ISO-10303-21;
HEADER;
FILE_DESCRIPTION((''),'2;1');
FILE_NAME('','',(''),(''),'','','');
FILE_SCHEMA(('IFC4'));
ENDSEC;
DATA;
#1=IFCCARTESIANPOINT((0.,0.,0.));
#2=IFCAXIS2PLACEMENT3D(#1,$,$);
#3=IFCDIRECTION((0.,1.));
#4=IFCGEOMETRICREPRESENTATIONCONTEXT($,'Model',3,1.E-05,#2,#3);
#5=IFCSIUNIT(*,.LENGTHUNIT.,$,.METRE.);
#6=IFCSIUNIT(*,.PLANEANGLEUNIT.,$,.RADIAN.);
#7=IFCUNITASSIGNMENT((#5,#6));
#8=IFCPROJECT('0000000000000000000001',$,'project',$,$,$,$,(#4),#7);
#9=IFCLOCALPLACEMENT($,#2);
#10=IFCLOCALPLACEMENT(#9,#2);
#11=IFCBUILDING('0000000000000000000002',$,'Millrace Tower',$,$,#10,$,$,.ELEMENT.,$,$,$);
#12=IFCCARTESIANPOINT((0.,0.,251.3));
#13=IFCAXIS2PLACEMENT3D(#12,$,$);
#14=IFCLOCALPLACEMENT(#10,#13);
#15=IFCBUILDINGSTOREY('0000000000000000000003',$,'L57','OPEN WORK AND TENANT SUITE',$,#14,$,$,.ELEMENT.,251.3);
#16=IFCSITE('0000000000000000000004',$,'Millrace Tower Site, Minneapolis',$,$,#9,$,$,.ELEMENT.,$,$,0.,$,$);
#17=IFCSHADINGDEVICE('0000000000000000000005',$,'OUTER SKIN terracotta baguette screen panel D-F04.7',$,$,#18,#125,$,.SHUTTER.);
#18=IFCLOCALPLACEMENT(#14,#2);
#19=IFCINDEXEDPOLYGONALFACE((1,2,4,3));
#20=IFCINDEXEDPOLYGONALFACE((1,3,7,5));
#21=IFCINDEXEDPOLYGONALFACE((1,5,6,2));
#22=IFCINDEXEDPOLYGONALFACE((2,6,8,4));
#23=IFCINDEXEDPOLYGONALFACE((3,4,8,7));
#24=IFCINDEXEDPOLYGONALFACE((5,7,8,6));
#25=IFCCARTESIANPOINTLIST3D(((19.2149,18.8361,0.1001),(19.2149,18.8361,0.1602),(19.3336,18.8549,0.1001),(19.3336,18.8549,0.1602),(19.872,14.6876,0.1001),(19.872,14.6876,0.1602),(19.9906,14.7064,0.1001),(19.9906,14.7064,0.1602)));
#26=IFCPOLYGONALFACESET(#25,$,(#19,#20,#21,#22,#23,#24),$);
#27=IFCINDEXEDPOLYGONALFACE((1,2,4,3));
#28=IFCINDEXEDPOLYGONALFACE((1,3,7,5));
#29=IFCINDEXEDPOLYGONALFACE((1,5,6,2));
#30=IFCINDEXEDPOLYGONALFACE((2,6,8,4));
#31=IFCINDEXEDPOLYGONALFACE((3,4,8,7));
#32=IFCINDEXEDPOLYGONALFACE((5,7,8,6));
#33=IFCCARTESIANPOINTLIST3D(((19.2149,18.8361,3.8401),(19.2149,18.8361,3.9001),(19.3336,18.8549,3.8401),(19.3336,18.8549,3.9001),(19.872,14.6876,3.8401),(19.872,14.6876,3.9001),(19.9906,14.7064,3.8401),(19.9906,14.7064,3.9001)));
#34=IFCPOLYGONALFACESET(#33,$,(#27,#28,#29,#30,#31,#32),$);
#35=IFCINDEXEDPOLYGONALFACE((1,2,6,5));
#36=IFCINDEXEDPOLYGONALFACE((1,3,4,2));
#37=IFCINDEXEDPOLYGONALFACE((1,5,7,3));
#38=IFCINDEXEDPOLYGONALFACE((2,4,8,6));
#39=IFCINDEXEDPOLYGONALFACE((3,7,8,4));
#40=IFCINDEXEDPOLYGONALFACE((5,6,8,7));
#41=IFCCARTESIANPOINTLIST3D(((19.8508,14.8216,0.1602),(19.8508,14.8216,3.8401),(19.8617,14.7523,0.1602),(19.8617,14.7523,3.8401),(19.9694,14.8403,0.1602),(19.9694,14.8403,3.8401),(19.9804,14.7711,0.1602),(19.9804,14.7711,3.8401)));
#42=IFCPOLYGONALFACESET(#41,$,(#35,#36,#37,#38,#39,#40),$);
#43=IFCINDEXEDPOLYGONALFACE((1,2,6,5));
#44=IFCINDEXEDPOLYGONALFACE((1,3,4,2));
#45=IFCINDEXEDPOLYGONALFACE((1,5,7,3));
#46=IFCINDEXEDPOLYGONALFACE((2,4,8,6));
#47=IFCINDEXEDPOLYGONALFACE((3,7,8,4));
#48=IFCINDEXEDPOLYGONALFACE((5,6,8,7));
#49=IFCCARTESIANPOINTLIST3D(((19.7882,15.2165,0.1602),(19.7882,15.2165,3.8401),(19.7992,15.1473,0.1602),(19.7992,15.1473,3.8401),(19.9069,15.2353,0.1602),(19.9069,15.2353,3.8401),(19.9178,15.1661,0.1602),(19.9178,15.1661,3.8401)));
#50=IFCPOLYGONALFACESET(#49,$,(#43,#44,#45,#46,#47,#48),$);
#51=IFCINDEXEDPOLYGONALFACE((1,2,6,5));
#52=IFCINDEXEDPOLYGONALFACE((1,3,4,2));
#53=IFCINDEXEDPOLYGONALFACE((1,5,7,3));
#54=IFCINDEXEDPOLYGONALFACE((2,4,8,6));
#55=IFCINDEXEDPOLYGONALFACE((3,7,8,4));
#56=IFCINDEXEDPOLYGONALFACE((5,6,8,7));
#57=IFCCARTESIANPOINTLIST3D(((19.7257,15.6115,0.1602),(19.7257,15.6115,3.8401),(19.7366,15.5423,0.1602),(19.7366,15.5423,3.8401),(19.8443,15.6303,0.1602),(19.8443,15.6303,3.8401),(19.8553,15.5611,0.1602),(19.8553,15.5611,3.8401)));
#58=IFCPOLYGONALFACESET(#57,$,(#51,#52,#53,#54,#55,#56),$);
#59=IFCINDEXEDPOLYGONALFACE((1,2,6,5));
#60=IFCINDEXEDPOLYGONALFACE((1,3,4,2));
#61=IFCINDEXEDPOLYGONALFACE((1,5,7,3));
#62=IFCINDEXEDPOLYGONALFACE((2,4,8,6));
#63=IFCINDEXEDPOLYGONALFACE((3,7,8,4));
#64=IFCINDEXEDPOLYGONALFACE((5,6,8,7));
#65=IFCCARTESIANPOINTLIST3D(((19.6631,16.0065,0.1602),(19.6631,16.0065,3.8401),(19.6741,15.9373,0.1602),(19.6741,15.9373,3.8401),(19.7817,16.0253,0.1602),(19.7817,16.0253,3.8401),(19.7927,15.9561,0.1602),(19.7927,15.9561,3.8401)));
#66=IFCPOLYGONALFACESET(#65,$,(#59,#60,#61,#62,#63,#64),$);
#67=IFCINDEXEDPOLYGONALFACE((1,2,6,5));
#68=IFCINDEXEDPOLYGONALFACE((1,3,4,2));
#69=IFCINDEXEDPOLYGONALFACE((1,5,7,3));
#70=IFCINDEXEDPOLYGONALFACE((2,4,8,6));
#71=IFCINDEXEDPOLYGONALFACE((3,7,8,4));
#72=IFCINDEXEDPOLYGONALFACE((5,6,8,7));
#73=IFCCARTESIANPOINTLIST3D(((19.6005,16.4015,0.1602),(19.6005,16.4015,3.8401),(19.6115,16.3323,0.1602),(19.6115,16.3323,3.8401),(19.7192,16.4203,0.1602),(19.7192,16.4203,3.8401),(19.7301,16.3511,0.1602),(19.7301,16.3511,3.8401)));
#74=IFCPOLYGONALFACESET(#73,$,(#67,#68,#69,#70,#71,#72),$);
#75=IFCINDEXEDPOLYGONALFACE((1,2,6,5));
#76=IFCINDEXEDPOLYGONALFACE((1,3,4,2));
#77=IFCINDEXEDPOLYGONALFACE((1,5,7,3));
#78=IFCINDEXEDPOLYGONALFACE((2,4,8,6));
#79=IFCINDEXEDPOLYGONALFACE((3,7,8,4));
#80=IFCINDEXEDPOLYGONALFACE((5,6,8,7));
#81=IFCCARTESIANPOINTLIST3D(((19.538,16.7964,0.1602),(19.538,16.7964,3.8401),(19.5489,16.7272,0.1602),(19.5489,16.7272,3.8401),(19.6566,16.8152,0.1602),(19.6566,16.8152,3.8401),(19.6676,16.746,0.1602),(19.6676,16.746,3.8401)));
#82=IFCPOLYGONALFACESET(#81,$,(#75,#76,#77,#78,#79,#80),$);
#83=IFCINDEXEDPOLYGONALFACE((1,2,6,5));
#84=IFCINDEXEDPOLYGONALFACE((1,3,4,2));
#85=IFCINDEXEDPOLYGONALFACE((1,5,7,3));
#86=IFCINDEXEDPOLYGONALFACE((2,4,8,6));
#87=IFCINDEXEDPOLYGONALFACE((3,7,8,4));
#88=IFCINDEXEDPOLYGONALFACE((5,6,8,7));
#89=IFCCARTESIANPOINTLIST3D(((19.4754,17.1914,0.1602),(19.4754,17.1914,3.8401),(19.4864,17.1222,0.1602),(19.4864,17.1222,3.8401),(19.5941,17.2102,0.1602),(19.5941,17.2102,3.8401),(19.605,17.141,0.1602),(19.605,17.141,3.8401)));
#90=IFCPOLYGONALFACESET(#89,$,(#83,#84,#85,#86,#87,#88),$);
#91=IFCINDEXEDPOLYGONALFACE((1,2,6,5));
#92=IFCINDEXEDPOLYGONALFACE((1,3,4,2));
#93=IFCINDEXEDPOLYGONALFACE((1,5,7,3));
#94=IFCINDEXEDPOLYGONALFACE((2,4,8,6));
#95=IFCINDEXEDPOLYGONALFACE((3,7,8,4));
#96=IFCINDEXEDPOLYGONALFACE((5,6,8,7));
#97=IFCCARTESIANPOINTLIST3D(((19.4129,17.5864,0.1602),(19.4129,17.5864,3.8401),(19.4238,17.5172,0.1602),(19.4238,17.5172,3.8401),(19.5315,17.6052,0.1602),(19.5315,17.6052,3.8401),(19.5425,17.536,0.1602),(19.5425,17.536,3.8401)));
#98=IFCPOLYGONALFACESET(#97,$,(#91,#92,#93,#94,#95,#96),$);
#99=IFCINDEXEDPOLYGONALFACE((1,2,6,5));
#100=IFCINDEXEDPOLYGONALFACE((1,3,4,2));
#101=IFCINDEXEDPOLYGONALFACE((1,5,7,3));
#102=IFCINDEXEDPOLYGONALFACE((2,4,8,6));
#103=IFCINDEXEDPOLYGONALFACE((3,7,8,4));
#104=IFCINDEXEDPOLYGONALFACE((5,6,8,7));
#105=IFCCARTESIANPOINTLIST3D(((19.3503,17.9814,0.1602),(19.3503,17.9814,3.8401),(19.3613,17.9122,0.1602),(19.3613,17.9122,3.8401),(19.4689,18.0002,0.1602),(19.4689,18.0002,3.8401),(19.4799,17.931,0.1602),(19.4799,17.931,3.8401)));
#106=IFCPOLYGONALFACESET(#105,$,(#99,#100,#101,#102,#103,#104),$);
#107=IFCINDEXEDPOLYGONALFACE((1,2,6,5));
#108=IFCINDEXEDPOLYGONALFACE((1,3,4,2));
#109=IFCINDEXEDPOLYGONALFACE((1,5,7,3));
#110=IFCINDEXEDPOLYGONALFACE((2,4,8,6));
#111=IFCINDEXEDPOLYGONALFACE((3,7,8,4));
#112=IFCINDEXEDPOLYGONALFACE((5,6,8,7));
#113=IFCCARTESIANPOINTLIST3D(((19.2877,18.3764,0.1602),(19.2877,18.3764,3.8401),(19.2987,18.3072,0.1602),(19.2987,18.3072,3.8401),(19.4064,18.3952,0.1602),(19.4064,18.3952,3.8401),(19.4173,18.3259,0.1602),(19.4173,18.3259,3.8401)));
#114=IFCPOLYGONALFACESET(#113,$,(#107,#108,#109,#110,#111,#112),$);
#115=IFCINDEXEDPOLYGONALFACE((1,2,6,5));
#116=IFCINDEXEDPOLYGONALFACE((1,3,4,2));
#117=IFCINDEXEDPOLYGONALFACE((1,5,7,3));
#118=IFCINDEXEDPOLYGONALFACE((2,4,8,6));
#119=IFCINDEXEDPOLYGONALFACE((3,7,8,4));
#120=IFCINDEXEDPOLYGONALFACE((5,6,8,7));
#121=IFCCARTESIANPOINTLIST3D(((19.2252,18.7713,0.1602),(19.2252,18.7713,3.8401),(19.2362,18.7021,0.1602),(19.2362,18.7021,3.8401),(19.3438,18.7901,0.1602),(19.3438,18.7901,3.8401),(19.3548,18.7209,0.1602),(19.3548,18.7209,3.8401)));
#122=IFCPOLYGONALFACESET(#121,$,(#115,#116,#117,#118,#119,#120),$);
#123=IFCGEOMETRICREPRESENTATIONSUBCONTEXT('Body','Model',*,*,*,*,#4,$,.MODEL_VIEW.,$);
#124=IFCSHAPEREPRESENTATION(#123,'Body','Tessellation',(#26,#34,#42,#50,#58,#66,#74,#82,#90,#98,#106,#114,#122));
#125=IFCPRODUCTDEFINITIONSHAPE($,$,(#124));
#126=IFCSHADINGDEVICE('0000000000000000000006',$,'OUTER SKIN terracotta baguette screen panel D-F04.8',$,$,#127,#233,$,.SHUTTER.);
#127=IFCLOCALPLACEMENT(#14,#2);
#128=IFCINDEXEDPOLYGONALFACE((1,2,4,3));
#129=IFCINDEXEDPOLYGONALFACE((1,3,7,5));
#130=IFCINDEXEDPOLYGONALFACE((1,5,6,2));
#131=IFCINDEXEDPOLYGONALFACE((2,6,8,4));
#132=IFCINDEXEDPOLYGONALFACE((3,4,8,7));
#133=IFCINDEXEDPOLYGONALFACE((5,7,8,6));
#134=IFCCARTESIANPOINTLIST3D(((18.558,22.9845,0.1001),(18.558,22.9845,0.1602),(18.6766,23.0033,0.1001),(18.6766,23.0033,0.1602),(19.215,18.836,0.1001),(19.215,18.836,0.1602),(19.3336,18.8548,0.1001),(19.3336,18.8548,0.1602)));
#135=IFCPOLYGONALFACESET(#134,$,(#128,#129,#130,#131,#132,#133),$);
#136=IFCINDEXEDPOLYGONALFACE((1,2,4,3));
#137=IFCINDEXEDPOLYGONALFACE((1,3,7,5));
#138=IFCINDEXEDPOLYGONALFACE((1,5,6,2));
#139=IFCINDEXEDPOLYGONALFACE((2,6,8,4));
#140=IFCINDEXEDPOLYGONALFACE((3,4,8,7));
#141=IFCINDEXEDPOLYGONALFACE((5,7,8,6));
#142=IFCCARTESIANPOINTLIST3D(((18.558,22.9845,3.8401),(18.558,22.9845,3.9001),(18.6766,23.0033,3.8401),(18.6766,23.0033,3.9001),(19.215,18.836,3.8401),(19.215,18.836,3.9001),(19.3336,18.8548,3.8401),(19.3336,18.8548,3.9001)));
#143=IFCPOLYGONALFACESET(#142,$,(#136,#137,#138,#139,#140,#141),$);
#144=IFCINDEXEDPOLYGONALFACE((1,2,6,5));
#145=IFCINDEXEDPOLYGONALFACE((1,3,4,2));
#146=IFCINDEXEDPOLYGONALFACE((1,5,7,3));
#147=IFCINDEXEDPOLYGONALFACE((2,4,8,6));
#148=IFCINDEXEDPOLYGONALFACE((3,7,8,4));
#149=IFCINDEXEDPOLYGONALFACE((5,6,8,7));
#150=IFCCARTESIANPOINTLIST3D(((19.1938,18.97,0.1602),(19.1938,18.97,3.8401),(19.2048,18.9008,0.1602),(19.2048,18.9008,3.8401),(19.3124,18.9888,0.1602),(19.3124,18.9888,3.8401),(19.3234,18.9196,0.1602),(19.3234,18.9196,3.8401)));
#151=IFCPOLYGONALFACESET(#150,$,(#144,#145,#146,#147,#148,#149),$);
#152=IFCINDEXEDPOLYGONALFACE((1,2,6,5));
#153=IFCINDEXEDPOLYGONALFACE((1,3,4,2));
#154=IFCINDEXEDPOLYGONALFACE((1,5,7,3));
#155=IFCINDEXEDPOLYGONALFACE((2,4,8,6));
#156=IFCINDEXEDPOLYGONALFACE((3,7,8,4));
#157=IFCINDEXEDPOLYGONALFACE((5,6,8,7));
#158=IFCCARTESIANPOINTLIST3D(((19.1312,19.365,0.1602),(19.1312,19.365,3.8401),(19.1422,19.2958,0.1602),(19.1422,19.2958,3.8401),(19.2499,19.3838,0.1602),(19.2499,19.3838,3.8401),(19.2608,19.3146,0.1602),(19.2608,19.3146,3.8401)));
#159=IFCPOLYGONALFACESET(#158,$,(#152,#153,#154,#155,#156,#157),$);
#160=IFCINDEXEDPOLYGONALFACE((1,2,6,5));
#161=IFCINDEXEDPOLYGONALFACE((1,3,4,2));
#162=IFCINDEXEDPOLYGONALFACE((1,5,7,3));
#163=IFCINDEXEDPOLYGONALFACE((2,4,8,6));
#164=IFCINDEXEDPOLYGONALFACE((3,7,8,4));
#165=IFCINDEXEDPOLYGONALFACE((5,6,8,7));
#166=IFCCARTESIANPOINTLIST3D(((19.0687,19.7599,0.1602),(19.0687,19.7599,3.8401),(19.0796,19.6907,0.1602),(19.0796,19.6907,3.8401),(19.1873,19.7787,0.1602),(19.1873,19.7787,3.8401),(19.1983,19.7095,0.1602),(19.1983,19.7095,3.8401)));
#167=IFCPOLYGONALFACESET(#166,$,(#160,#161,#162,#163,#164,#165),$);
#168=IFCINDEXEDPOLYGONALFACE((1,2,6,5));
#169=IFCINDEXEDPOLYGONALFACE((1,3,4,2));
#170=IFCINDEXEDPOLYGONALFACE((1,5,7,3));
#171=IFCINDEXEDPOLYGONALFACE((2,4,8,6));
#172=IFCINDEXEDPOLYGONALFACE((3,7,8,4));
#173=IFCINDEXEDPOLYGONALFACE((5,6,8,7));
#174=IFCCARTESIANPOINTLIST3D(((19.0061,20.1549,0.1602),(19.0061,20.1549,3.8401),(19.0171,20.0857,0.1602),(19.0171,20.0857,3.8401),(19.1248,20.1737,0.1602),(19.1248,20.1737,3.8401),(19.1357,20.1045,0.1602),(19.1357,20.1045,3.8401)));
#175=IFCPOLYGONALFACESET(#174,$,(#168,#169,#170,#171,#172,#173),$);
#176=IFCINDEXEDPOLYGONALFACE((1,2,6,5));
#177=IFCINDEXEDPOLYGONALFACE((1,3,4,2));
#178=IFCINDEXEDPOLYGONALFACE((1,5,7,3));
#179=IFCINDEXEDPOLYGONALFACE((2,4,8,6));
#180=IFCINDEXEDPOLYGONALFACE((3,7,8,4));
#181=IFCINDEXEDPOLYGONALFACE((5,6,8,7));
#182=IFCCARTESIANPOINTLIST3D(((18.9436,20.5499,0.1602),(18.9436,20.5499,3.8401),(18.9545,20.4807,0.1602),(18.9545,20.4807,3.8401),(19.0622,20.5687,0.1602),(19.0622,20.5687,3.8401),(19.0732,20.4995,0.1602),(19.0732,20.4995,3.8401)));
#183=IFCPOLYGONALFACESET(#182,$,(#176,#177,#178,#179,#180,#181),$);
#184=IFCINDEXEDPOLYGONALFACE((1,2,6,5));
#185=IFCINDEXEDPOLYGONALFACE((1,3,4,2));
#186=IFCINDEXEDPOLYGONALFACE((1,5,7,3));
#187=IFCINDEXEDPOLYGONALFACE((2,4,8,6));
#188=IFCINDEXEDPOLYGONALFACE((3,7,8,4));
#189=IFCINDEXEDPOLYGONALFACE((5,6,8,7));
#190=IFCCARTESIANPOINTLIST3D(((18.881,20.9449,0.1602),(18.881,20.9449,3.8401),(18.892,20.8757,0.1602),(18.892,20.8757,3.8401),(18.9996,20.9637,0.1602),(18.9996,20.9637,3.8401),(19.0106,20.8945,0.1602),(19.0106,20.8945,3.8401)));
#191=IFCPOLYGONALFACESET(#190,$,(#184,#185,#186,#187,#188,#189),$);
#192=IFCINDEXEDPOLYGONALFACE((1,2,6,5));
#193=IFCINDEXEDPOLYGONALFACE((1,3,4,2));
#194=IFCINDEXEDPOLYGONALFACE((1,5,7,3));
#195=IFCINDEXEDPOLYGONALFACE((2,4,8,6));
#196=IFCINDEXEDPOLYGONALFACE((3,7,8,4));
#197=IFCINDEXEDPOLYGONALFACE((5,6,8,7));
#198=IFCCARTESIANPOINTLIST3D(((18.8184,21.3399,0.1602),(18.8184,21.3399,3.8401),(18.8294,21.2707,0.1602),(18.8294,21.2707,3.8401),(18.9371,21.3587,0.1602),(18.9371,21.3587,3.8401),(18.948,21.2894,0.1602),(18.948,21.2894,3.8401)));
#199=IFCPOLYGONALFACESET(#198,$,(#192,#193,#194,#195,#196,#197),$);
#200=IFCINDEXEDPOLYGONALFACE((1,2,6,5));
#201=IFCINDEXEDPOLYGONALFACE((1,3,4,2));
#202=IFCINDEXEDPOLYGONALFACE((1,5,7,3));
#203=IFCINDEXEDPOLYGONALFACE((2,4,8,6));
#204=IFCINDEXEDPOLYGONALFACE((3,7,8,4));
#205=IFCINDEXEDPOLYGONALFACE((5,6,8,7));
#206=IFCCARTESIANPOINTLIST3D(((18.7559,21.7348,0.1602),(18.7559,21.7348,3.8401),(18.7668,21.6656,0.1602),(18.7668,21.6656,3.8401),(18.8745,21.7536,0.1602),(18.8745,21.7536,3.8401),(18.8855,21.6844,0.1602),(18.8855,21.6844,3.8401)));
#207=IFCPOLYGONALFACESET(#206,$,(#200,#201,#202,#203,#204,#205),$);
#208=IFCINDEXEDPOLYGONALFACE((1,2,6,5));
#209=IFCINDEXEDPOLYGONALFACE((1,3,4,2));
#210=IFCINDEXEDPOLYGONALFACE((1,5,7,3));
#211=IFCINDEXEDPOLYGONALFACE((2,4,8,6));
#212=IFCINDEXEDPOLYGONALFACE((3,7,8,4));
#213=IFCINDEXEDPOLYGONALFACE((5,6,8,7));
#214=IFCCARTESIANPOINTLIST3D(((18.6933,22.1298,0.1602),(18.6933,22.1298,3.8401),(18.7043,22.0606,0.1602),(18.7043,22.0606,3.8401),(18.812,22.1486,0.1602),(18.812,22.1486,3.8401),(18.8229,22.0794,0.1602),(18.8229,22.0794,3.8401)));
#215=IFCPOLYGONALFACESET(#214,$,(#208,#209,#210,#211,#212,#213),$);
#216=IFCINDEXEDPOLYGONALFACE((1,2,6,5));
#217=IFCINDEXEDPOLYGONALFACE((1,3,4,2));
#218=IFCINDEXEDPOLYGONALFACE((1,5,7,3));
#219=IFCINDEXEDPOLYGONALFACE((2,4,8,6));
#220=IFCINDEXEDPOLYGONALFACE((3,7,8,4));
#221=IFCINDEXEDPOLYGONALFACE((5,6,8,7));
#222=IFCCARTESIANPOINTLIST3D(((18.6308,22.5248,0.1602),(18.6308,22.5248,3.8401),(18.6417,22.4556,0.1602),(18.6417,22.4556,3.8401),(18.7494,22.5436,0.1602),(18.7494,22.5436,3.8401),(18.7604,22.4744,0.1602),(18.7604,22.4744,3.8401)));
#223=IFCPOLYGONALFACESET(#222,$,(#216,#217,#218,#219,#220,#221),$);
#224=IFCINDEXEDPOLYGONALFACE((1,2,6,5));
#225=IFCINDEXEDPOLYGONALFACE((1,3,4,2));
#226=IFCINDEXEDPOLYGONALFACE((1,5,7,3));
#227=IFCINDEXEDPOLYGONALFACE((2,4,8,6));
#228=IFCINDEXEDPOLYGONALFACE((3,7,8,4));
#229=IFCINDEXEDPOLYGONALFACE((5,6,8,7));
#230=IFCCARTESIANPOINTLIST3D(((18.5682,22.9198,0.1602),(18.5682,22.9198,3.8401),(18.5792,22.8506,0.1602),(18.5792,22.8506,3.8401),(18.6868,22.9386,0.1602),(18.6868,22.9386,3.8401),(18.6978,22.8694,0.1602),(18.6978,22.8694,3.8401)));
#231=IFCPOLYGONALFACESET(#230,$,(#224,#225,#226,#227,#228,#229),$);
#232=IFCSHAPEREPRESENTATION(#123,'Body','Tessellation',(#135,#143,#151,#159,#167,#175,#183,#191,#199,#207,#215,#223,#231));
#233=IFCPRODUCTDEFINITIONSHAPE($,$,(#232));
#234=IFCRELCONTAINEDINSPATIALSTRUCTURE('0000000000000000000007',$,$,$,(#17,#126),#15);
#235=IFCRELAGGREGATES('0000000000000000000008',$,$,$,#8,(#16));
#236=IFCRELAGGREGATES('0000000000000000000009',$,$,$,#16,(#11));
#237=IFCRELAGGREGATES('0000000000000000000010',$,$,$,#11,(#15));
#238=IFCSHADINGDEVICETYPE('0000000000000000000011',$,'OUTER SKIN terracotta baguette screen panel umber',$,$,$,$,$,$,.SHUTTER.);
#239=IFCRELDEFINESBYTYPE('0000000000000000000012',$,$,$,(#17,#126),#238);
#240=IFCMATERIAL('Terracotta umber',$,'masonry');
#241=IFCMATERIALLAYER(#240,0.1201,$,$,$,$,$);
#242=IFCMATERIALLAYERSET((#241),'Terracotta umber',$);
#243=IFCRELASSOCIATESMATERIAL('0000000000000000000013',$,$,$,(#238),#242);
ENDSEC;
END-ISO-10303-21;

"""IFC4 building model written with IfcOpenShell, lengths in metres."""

from ifc_helpers import new_model, entity, si_unit, direction, frame, frame_2d, origin, origin_2d, place, context, subcontext, project, spatial, rectangle, extrude, source, transform, mapped, material, layer, layer_set, type_object, element, save


model = new_model("IFC4")

# Units and contexts
model_context = context("Model", 3, precision=1e-05, world=origin(), true_north=direction((0.0, 1.0)))
body_context = subcontext(model_context, "Body", "Model", "MODEL_VIEW")
ifc_project = project(units=[si_unit("LENGTHUNIT", "METRE"), si_unit("PLANEANGLEUNIT", "RADIAN")], contexts=[model_context])

# Site, building, storey
site_placement = place(None, origin())
site = spatial("IfcSite", under=ifc_project, at=site_placement, Name="Millrace Tower Site, Minneapolis", CompositionType="ELEMENT", RefElevation=0.0)
building_placement = place(site_placement, origin())
building = spatial("IfcBuilding", under=site, at=building_placement, Name="Millrace Tower", CompositionType="ELEMENT")
storey_placement = place(building_placement, frame((0.0, 0.0, 251.3)))
storey = spatial("IfcBuildingStorey", under=building, at=storey_placement, Name="L57", Description="OPEN WORK AND TENANT SUITE", CompositionType="ELEMENT", Elevation=251.3)

# Shading devices
ifc_material_1 = material(Name="Terracotta umber", Category="masonry")
ifc_layer_1 = layer(ifc_material_1, 0.1201)
ifc_layer_set_1 = layer_set([ifc_layer_1], Name="Terracotta umber")
shading_device_type = type_object("IfcShadingDeviceType", Name="OUTER SKIN terracotta baguette screen panel umber", PredefinedType="SHUTTER", material=ifc_layer_set_1)
cartesian_point_1 = entity("IfcCartesianPoint", [-2.1001, 0.0601])
shared_polyline_1 = entity("IfcPolyline", [cartesian_point_1, entity("IfcCartesianPoint", [2.1001, 0.0601]), entity("IfcCartesianPoint", [2.1001, -0.0601]), entity("IfcCartesianPoint", [-2.1001, -0.0601]), cartesian_point_1])
shared_shape_1 = source(origin(), body_context, "Body", "SweptSolid", [
    entity("IfcExtrudedAreaSolid", entity("IfcArbitraryClosedProfileDef", "AREA", None, shared_polyline_1), entity("IfcAxis2Placement3D", entity("IfcCartesianPoint", [0.0, 0.0, 0.0])), entity("IfcDirection", [0.0, 0.0, 1.0]), 0.0601),
    entity("IfcExtrudedAreaSolid", entity("IfcArbitraryClosedProfileDef", "AREA", None, shared_polyline_1), entity("IfcAxis2Placement3D", entity("IfcCartesianPoint", [0.0, 0.0, 3.74])), entity("IfcDirection", [0.0, 0.0, 1.0]), 0.0601),
    extrude(rectangle(XDim=0.0701, YDim=0.1201, at=frame_2d((-1.9995, 0.0))), frame((0.0, 0.0, 0.0601)), (0.0, 0.0, 1.0), 3.6799),
    extrude(rectangle(XDim=0.0701, YDim=0.1201, at=frame_2d((-1.5996, 0.0))), frame((0.0, 0.0, 0.0601)), (0.0, 0.0, 1.0), 3.6799),
    extrude(rectangle(XDim=0.0701, YDim=0.1201, at=frame_2d((-1.1997, 0.0))), frame((0.0, 0.0, 0.0601)), (0.0, 0.0, 1.0), 3.6799),
    extrude(rectangle(XDim=0.0701, YDim=0.1201, at=frame_2d((-0.7998, 0.0))), frame((0.0, 0.0, 0.0601)), (0.0, 0.0, 1.0), 3.6799),
    extrude(rectangle(XDim=0.0701, YDim=0.1201, at=frame_2d((-0.3999, 0.0))), frame((0.0, 0.0, 0.0601)), (0.0, 0.0, 1.0), 3.6799),
    extrude(rectangle(XDim=0.0701, YDim=0.1201, at=origin_2d()), frame((0.0, 0.0, 0.0601)), (0.0, 0.0, 1.0), 3.6799),
    extrude(rectangle(XDim=0.0701, YDim=0.1201, at=frame_2d((0.3999, 0.0))), frame((0.0, 0.0, 0.0601)), (0.0, 0.0, 1.0), 3.6799),
    extrude(rectangle(XDim=0.0701, YDim=0.1201, at=frame_2d((0.7998, 0.0))), frame((0.0, 0.0, 0.0601)), (0.0, 0.0, 1.0), 3.6799),
    extrude(rectangle(XDim=0.0701, YDim=0.1201, at=frame_2d((1.1997, 0.0))), frame((0.0, 0.0, 0.0601)), (0.0, 0.0, 1.0), 3.6799),
    extrude(rectangle(XDim=0.0701, YDim=0.1201, at=frame_2d((1.5996, 0.0))), frame((0.0, 0.0, 0.0601)), (0.0, 0.0, 1.0), 3.6799),
    extrude(rectangle(XDim=0.0701, YDim=0.1201, at=frame_2d((1.9995, 0.0))), frame((0.0, 0.0, 0.0601)), (0.0, 0.0, 1.0), 3.6799),
])
for number, where, z_axis, x_axis, name in (
    (1, (19.6028, 16.7712, 0.1001), (0.0, 0.0, 1.0), (-0.156434, 0.987688, 0.0), "OUTER SKIN terracotta baguette screen panel D-F04.7"),
    (2, (18.9458, 20.9197, 0.1001), (0.0, 0.0, 1.0), (-0.156434, 0.987688, 0.0), "OUTER SKIN terracotta baguette screen panel D-F04.8"),
):
    element("IfcShadingDevice", number, at=place(storey_placement, frame(where, z_axis=z_axis, x_axis=x_axis)), inside=storey, type_object=shading_device_type, Name=name, PredefinedType="SHUTTER", context=body_context, shape_type="MappedRepresentation", body=[
        mapped(shared_shape_1, transform((0.0, 0.0, 0.0), scale=1.0)),
    ])

save(model, "model.ifc")
